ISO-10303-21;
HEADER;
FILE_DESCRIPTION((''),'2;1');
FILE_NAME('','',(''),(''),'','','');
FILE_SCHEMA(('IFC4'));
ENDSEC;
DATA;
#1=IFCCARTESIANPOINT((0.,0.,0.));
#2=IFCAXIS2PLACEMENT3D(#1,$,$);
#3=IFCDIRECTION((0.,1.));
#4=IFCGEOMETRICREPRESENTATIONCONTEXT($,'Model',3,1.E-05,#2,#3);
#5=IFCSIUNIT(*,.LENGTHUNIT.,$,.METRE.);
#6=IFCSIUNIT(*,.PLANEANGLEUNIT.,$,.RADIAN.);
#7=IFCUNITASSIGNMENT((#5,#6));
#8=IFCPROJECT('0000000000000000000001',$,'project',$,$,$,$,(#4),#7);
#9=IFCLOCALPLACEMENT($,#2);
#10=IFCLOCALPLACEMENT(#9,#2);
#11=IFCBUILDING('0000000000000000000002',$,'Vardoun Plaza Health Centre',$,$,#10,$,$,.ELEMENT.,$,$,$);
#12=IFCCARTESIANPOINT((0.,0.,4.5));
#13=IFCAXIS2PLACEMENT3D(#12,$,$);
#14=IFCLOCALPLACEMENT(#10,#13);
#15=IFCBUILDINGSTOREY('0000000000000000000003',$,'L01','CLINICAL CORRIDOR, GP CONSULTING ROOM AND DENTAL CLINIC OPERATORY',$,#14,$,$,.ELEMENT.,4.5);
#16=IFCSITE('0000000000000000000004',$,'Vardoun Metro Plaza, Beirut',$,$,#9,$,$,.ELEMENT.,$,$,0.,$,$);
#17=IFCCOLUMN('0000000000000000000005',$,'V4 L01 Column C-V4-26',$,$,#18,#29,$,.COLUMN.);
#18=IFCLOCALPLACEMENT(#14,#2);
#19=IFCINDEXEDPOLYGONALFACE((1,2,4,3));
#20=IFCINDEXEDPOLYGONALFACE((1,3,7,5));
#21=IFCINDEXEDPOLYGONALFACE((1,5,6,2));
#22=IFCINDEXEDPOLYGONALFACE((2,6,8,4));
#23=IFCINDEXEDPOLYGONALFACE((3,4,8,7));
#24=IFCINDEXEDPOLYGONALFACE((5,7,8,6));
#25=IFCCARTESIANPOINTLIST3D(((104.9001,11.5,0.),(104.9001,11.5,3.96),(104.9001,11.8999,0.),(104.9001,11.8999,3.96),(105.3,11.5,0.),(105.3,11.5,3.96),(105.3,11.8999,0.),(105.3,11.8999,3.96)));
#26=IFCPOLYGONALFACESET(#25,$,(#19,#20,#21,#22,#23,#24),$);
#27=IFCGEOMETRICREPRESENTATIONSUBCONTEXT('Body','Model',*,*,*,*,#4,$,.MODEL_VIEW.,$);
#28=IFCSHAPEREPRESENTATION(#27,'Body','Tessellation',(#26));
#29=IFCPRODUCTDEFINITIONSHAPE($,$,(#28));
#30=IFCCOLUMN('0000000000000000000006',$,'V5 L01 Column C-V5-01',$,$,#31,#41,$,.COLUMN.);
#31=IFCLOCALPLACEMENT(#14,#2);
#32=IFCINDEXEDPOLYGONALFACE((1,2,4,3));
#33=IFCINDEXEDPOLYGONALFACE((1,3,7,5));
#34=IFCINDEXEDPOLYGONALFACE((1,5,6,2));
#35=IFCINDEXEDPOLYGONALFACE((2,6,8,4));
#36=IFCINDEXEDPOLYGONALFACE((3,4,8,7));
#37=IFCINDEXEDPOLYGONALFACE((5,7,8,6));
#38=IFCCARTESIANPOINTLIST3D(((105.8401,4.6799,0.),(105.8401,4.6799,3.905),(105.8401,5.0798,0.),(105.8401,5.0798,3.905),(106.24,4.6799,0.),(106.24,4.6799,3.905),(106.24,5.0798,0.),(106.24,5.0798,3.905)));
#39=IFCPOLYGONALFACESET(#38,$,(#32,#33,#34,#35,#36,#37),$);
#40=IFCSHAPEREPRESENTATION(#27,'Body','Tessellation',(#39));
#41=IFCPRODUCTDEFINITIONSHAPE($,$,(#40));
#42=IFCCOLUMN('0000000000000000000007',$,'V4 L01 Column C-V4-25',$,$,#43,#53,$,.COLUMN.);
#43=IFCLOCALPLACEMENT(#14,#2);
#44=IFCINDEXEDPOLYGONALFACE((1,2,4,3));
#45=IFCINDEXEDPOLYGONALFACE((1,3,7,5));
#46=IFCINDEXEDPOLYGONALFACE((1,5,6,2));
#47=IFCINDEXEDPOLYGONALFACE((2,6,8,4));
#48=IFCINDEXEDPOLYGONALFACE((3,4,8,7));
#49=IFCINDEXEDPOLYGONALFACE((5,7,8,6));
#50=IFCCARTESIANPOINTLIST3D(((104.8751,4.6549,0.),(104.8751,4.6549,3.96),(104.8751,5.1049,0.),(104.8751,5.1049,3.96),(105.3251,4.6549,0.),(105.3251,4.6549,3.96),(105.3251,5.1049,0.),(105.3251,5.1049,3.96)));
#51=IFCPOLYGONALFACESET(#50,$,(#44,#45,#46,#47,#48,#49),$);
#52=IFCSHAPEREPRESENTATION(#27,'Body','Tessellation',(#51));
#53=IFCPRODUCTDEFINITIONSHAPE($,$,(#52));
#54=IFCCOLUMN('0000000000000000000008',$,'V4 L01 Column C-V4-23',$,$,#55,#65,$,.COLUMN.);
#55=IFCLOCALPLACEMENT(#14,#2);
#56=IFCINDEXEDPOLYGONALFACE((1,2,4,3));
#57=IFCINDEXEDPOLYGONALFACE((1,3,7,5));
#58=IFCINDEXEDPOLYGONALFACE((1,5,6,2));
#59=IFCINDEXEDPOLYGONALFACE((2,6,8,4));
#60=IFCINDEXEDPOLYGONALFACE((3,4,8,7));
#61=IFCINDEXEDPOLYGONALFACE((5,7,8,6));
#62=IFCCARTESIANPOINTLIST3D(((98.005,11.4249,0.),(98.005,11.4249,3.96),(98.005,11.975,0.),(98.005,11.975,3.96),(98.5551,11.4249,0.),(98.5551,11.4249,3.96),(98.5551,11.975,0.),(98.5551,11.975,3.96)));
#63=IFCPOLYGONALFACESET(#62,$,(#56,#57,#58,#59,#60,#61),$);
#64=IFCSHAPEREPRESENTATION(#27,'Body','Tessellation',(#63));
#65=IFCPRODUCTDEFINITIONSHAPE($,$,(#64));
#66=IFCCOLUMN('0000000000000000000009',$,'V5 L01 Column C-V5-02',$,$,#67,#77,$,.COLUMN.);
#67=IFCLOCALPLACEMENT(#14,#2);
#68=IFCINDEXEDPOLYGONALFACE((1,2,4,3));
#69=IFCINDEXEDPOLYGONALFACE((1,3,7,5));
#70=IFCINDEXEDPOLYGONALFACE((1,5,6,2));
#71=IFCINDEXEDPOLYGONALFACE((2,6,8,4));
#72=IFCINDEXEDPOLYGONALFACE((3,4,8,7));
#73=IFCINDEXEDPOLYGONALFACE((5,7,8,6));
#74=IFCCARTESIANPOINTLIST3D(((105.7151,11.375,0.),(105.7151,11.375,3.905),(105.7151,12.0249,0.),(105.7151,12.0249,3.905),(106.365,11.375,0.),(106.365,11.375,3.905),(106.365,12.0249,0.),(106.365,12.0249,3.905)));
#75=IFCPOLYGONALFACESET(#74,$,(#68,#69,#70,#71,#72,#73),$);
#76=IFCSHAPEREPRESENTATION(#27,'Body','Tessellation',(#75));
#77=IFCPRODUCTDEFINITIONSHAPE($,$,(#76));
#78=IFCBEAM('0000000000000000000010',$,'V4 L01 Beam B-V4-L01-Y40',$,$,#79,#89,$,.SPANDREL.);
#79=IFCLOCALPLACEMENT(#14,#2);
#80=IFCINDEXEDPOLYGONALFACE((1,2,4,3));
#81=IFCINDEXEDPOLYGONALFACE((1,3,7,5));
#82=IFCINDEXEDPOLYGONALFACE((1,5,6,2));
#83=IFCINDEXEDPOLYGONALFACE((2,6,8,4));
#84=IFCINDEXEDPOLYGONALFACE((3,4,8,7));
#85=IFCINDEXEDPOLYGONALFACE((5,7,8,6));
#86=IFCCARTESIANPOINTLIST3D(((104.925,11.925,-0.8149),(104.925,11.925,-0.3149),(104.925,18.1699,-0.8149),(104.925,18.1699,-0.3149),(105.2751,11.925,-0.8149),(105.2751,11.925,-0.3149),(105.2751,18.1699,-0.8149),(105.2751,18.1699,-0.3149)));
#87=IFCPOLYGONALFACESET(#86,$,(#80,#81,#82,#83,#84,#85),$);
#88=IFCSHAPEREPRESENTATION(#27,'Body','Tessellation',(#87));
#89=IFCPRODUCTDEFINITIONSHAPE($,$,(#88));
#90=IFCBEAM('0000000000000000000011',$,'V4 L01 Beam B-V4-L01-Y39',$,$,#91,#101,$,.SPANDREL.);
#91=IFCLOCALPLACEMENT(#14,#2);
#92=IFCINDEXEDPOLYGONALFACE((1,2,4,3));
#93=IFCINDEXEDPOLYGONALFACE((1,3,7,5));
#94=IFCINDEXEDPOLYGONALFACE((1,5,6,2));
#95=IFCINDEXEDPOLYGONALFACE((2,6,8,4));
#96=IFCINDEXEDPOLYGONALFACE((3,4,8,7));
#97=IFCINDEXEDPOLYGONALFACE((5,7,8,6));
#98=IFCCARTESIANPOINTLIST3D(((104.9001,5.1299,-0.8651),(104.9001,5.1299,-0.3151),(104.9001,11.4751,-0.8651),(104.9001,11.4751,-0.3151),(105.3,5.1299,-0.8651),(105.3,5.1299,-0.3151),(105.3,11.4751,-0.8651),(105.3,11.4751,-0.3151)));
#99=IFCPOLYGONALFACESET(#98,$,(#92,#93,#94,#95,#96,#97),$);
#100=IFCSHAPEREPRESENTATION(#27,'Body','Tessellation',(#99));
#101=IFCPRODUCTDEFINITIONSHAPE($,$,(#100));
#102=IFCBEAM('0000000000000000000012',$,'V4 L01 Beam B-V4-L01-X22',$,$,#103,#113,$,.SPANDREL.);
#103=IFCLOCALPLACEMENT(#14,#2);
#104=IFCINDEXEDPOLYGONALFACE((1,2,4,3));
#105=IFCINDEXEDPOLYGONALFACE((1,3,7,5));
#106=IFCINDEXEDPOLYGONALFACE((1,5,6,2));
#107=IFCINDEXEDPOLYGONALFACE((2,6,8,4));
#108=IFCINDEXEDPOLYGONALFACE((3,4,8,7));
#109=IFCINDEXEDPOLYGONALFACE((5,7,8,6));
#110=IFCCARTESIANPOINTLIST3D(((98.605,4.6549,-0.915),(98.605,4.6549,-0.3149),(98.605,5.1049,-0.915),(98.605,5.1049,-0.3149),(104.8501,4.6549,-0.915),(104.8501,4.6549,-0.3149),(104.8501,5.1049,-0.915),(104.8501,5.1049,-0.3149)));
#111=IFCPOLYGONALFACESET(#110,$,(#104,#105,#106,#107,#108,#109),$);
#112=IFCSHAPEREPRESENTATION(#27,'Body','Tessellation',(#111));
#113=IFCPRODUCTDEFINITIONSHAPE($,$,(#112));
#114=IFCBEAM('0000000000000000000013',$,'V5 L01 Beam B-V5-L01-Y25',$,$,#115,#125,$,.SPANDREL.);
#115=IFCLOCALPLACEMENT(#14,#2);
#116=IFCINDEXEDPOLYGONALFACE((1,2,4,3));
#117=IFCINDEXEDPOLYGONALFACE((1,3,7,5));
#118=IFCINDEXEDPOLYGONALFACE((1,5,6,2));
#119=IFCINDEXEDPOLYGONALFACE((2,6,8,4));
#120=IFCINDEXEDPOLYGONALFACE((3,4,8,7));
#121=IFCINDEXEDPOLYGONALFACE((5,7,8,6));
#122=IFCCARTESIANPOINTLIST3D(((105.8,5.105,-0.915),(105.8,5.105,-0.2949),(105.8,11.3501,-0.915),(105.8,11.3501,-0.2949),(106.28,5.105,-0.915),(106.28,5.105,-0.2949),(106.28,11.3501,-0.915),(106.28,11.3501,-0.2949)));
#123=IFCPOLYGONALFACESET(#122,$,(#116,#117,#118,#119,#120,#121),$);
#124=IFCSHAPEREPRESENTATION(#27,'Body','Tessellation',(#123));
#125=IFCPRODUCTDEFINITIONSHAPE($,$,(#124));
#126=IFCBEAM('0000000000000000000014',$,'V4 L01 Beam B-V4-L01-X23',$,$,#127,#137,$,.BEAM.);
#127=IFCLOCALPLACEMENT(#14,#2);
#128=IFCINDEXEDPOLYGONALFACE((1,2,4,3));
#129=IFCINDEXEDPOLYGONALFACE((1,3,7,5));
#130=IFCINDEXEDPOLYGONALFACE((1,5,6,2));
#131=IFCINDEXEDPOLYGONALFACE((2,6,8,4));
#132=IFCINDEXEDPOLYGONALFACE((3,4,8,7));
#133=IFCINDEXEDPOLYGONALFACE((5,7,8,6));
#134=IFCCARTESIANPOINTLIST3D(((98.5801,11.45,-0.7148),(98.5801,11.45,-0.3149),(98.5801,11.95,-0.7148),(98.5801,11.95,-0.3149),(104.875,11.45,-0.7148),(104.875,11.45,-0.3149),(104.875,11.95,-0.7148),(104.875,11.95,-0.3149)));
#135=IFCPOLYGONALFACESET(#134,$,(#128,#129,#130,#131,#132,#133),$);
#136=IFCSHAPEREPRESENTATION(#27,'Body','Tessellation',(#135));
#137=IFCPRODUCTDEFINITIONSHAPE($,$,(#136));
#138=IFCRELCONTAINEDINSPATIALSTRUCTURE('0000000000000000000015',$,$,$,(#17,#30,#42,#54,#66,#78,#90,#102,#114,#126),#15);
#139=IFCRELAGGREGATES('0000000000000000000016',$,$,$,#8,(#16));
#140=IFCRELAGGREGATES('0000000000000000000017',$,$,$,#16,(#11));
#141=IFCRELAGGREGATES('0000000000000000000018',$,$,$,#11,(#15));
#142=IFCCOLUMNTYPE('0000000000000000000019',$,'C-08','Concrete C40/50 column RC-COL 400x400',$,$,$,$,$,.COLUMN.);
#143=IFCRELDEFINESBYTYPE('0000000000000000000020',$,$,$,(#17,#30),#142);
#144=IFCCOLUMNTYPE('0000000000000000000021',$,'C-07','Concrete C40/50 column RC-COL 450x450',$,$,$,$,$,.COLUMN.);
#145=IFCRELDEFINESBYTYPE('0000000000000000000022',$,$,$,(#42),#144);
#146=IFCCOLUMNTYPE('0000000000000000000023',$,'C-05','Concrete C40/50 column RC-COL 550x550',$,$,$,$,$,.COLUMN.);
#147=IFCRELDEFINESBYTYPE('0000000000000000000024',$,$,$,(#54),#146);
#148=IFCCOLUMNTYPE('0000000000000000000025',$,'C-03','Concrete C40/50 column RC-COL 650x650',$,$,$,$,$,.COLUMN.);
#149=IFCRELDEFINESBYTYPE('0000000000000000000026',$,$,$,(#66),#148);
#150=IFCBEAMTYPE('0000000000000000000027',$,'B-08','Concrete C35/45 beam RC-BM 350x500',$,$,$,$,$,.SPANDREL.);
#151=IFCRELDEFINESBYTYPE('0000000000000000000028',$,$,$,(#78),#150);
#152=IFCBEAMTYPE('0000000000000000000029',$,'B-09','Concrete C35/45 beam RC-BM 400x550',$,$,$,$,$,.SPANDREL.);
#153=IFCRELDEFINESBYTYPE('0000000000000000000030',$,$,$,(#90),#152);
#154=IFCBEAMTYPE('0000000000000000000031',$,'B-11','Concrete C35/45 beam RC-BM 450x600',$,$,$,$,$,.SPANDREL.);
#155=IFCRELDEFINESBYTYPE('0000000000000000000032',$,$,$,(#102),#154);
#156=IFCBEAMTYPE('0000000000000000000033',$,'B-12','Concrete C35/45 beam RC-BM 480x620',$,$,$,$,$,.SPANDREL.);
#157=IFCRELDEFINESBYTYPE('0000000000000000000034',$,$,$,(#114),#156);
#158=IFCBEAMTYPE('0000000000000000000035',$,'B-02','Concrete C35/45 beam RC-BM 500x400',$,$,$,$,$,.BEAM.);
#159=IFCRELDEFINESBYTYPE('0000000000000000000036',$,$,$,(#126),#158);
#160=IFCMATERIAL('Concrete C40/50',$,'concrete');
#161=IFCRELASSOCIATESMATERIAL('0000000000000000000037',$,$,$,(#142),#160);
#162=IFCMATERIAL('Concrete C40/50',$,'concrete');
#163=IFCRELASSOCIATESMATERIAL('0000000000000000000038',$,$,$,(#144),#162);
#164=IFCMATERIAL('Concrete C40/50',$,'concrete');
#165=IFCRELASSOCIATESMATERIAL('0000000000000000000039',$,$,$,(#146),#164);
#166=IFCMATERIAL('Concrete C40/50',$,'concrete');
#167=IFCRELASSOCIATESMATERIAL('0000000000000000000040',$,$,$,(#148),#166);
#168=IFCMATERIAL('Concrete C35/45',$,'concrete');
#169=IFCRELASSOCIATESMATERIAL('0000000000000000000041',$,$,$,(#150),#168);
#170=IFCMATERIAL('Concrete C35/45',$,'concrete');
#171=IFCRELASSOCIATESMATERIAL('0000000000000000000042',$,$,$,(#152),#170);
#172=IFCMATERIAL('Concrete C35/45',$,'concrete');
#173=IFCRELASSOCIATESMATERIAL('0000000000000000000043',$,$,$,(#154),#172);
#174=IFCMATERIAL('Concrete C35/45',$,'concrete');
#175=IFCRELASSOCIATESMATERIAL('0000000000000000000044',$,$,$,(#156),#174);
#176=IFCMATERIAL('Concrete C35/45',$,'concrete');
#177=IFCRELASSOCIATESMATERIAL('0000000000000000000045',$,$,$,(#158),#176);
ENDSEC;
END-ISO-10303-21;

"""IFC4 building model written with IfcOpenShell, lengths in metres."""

from ifc_helpers import new_model, si_unit, direction, frame, origin, origin_2d, place, context, subcontext, project, spatial, rectangle, extrude, material, material_profile, profile_set, type_object, element, save


model = new_model("IFC4")

# Units and contexts
model_context = context("Model", 3, precision=1e-05, world=origin(), true_north=direction((0.0, 1.0)))
body_context = subcontext(model_context, "Body", "Model", "MODEL_VIEW")
ifc_project = project(units=[si_unit("LENGTHUNIT", "METRE"), si_unit("PLANEANGLEUNIT", "RADIAN")], contexts=[model_context])

# Site, building, storey
site_placement = place(None, origin())
site = spatial("IfcSite", under=ifc_project, at=site_placement, Name="Vardoun Metro Plaza, Beirut", CompositionType="ELEMENT", RefElevation=0.0)
building_placement = place(site_placement, origin())
building = spatial("IfcBuilding", under=site, at=building_placement, Name="Vardoun Plaza Health Centre", CompositionType="ELEMENT")
storey_placement = place(building_placement, frame((0.0, 0.0, 4.5)))
storey = spatial("IfcBuildingStorey", under=building, at=storey_placement, Name="L01", Description="CLINICAL CORRIDOR, GP CONSULTING ROOM AND DENTAL CLINIC OPERATORY", CompositionType="ELEMENT", Elevation=4.5)

# Columns
ifc_material_1 = material(Name="Concrete C40/50", Category="concrete")
ifc_material_profile_1 = material_profile(ifc_material_1, rectangle(XDim=0.3999, YDim=0.3999, at=origin_2d()), Name="RC-COL 400x400")
ifc_profile_set_1 = profile_set([ifc_material_profile_1], Name="Concrete C40/50")
column_type_1 = type_object("IfcColumnType", Name="C-08", Description="Concrete C40/50 column RC-COL 400x400", PredefinedType="COLUMN", material=ifc_profile_set_1)
column_1_placement = place(storey_placement, frame((105.1001, 11.7, 0.0), z_axis=(0.0, 0.0, 1.0), x_axis=(1.0, 0.0, 0.0)))
element("IfcColumn", 1, at=column_1_placement, inside=storey, type_object=column_type_1, Name="V4 L01 Column C-V4-26", PredefinedType="COLUMN", context=body_context, shape_type="SweptSolid", body=[
    extrude(rectangle(XDim=0.3999, YDim=0.3999, at=origin_2d()), origin(), (0.0, 0.0, 1.0), 3.96),
])
column_2_placement = place(storey_placement, frame((106.04, 4.8799, 0.0), z_axis=(0.0, 0.0, 1.0), x_axis=(1.0, 0.0, 0.0)))
element("IfcColumn", 2, at=column_2_placement, inside=storey, type_object=column_type_1, Name="V5 L01 Column C-V5-01", PredefinedType="COLUMN", context=body_context, shape_type="SweptSolid", body=[
    extrude(rectangle(XDim=0.3999, YDim=0.3999, at=origin_2d()), origin(), (0.0, 0.0, 1.0), 3.905),
])
ifc_material_2 = material(Name="Concrete C40/50", Category="concrete")
ifc_material_profile_2 = material_profile(ifc_material_2, rectangle(XDim=0.45, YDim=0.45, at=origin_2d()), Name="RC-COL 450x450")
ifc_profile_set_2 = profile_set([ifc_material_profile_2], Name="Concrete C40/50")
column_type_2 = type_object("IfcColumnType", Name="C-07", Description="Concrete C40/50 column RC-COL 450x450", PredefinedType="COLUMN", material=ifc_profile_set_2)
column_3_placement = place(storey_placement, frame((105.1001, 4.8799, 0.0), z_axis=(0.0, 0.0, 1.0), x_axis=(1.0, 0.0, 0.0)))
element("IfcColumn", 3, at=column_3_placement, inside=storey, type_object=column_type_2, Name="V4 L01 Column C-V4-25", PredefinedType="COLUMN", context=body_context, shape_type="SweptSolid", body=[
    extrude(rectangle(XDim=0.45, YDim=0.45, at=origin_2d()), origin(), (0.0, 0.0, 1.0), 3.96),
])
ifc_material_3 = material(Name="Concrete C40/50", Category="concrete")
ifc_material_profile_3 = material_profile(ifc_material_3, rectangle(XDim=0.55, YDim=0.55, at=origin_2d()), Name="RC-COL 550x550")
ifc_profile_set_3 = profile_set([ifc_material_profile_3], Name="Concrete C40/50")
column_type_3 = type_object("IfcColumnType", Name="C-05", Description="Concrete C40/50 column RC-COL 550x550", PredefinedType="COLUMN", material=ifc_profile_set_3)
column_4_placement = place(storey_placement, frame((98.28, 11.7, 0.0), z_axis=(0.0, 0.0, 1.0), x_axis=(1.0, 0.0, 0.0)))
element("IfcColumn", 4, at=column_4_placement, inside=storey, type_object=column_type_3, Name="V4 L01 Column C-V4-23", PredefinedType="COLUMN", context=body_context, shape_type="SweptSolid", body=[
    extrude(rectangle(XDim=0.55, YDim=0.55, at=origin_2d()), origin(), (0.0, 0.0, 1.0), 3.96),
])
ifc_material_4 = material(Name="Concrete C40/50", Category="concrete")
ifc_material_profile_4 = material_profile(ifc_material_4, rectangle(XDim=0.6499, YDim=0.6499, at=origin_2d()), Name="RC-COL 650x650")
ifc_profile_set_4 = profile_set([ifc_material_profile_4], Name="Concrete C40/50")
column_type_4 = type_object("IfcColumnType", Name="C-03", Description="Concrete C40/50 column RC-COL 650x650", PredefinedType="COLUMN", material=ifc_profile_set_4)
column_5_placement = place(storey_placement, frame((106.04, 11.7, 0.0), z_axis=(0.0, 0.0, 1.0), x_axis=(1.0, 0.0, 0.0)))
element("IfcColumn", 5, at=column_5_placement, inside=storey, type_object=column_type_4, Name="V5 L01 Column C-V5-02", PredefinedType="COLUMN", context=body_context, shape_type="SweptSolid", body=[
    extrude(rectangle(XDim=0.6499, YDim=0.6499, at=origin_2d()), origin(), (0.0, 0.0, 1.0), 3.905),
])

# Beams
ifc_material_5 = material(Name="Concrete C35/45", Category="concrete")
ifc_material_profile_5 = material_profile(ifc_material_5, rectangle(XDim=0.3501, YDim=0.5, at=origin_2d()), Name="RC-BM 350x500")
ifc_profile_set_5 = profile_set([ifc_material_profile_5], Name="Concrete C35/45")
beam_type_1 = type_object("IfcBeamType", Name="B-08", Description="Concrete C35/45 beam RC-BM 350x500", PredefinedType="SPANDREL", material=ifc_profile_set_5)
beam_1_placement = place(storey_placement, frame((105.1001, 11.925, -0.5649), z_axis=(0.0, 1.0, 0.0), x_axis=(-1.0, 0.0, 0.0)))
element("IfcBeam", 6, at=beam_1_placement, inside=storey, type_object=beam_type_1, Name="V4 L01 Beam B-V4-L01-Y40", PredefinedType="SPANDREL", context=body_context, shape_type="SweptSolid", body=[
    extrude(rectangle(XDim=0.3501, YDim=0.5, at=origin_2d()), origin(), (0.0, 0.0, 1.0), 6.2449),
])
ifc_material_6 = material(Name="Concrete C35/45", Category="concrete")
ifc_material_profile_6 = material_profile(ifc_material_6, rectangle(XDim=0.3999, YDim=0.55, at=origin_2d()), Name="RC-BM 400x550")
ifc_profile_set_6 = profile_set([ifc_material_profile_6], Name="Concrete C35/45")
beam_type_2 = type_object("IfcBeamType", Name="B-09", Description="Concrete C35/45 beam RC-BM 400x550", PredefinedType="SPANDREL", material=ifc_profile_set_6)
beam_2_placement = place(storey_placement, frame((105.1001, 5.1299, -0.5901), z_axis=(0.0, 1.0, 0.0), x_axis=(-1.0, 0.0, 0.0)))
element("IfcBeam", 7, at=beam_2_placement, inside=storey, type_object=beam_type_2, Name="V4 L01 Beam B-V4-L01-Y39", PredefinedType="SPANDREL", context=body_context, shape_type="SweptSolid", body=[
    extrude(rectangle(XDim=0.3999, YDim=0.55, at=origin_2d()), origin(), (0.0, 0.0, 1.0), 6.3452),
])
ifc_material_7 = material(Name="Concrete C35/45", Category="concrete")
ifc_material_profile_7 = material_profile(ifc_material_7, rectangle(XDim=0.45, YDim=0.6001, at=origin_2d()), Name="RC-BM 450x600")
ifc_profile_set_7 = profile_set([ifc_material_profile_7], Name="Concrete C35/45")
beam_type_3 = type_object("IfcBeamType", Name="B-11", Description="Concrete C35/45 beam RC-BM 450x600", PredefinedType="SPANDREL", material=ifc_profile_set_7)
beam_3_placement = place(storey_placement, frame((98.605, 4.8799, -0.615), z_axis=(1.0, 0.0, 0.0), x_axis=(0.0, 1.0, 0.0)))
element("IfcBeam", 8, at=beam_3_placement, inside=storey, type_object=beam_type_3, Name="V4 L01 Beam B-V4-L01-X22", PredefinedType="SPANDREL", context=body_context, shape_type="SweptSolid", body=[
    extrude(rectangle(XDim=0.45, YDim=0.6001, at=origin_2d()), origin(), (0.0, 0.0, 1.0), 6.2451),
])
ifc_material_8 = material(Name="Concrete C35/45", Category="concrete")
ifc_material_profile_8 = material_profile(ifc_material_8, rectangle(XDim=0.48, YDim=0.6201, at=origin_2d()), Name="RC-BM 480x620")
ifc_profile_set_8 = profile_set([ifc_material_profile_8], Name="Concrete C35/45")
beam_type_4 = type_object("IfcBeamType", Name="B-12", Description="Concrete C35/45 beam RC-BM 480x620", PredefinedType="SPANDREL", material=ifc_profile_set_8)
beam_4_placement = place(storey_placement, frame((106.04, 5.105, -0.605), z_axis=(0.0, 1.0, 0.0), x_axis=(-1.0, 0.0, 0.0)))
element("IfcBeam", 9, at=beam_4_placement, inside=storey, type_object=beam_type_4, Name="V5 L01 Beam B-V5-L01-Y25", PredefinedType="SPANDREL", context=body_context, shape_type="SweptSolid", body=[
    extrude(rectangle(XDim=0.48, YDim=0.6201, at=origin_2d()), origin(), (0.0, 0.0, 1.0), 6.2451),
])
ifc_material_9 = material(Name="Concrete C35/45", Category="concrete")
ifc_material_profile_9 = material_profile(ifc_material_9, rectangle(XDim=0.5, YDim=0.3999, at=origin_2d()), Name="RC-BM 500x400")
ifc_profile_set_9 = profile_set([ifc_material_profile_9], Name="Concrete C35/45")
beam_type_5 = type_object("IfcBeamType", Name="B-02", Description="Concrete C35/45 beam RC-BM 500x400", PredefinedType="BEAM", material=ifc_profile_set_9)
beam_5_placement = place(storey_placement, frame((98.5801, 11.7, -0.5149), z_axis=(1.0, 0.0, 0.0), x_axis=(0.0, 1.0, 0.0)))
element("IfcBeam", 10, at=beam_5_placement, inside=storey, type_object=beam_type_5, Name="V4 L01 Beam B-V4-L01-X23", PredefinedType="BEAM", context=body_context, shape_type="SweptSolid", body=[
    extrude(rectangle(XDim=0.5, YDim=0.3999, at=origin_2d()), origin(), (0.0, 0.0, 1.0), 6.2949),
])

save(model, "model.ifc")
